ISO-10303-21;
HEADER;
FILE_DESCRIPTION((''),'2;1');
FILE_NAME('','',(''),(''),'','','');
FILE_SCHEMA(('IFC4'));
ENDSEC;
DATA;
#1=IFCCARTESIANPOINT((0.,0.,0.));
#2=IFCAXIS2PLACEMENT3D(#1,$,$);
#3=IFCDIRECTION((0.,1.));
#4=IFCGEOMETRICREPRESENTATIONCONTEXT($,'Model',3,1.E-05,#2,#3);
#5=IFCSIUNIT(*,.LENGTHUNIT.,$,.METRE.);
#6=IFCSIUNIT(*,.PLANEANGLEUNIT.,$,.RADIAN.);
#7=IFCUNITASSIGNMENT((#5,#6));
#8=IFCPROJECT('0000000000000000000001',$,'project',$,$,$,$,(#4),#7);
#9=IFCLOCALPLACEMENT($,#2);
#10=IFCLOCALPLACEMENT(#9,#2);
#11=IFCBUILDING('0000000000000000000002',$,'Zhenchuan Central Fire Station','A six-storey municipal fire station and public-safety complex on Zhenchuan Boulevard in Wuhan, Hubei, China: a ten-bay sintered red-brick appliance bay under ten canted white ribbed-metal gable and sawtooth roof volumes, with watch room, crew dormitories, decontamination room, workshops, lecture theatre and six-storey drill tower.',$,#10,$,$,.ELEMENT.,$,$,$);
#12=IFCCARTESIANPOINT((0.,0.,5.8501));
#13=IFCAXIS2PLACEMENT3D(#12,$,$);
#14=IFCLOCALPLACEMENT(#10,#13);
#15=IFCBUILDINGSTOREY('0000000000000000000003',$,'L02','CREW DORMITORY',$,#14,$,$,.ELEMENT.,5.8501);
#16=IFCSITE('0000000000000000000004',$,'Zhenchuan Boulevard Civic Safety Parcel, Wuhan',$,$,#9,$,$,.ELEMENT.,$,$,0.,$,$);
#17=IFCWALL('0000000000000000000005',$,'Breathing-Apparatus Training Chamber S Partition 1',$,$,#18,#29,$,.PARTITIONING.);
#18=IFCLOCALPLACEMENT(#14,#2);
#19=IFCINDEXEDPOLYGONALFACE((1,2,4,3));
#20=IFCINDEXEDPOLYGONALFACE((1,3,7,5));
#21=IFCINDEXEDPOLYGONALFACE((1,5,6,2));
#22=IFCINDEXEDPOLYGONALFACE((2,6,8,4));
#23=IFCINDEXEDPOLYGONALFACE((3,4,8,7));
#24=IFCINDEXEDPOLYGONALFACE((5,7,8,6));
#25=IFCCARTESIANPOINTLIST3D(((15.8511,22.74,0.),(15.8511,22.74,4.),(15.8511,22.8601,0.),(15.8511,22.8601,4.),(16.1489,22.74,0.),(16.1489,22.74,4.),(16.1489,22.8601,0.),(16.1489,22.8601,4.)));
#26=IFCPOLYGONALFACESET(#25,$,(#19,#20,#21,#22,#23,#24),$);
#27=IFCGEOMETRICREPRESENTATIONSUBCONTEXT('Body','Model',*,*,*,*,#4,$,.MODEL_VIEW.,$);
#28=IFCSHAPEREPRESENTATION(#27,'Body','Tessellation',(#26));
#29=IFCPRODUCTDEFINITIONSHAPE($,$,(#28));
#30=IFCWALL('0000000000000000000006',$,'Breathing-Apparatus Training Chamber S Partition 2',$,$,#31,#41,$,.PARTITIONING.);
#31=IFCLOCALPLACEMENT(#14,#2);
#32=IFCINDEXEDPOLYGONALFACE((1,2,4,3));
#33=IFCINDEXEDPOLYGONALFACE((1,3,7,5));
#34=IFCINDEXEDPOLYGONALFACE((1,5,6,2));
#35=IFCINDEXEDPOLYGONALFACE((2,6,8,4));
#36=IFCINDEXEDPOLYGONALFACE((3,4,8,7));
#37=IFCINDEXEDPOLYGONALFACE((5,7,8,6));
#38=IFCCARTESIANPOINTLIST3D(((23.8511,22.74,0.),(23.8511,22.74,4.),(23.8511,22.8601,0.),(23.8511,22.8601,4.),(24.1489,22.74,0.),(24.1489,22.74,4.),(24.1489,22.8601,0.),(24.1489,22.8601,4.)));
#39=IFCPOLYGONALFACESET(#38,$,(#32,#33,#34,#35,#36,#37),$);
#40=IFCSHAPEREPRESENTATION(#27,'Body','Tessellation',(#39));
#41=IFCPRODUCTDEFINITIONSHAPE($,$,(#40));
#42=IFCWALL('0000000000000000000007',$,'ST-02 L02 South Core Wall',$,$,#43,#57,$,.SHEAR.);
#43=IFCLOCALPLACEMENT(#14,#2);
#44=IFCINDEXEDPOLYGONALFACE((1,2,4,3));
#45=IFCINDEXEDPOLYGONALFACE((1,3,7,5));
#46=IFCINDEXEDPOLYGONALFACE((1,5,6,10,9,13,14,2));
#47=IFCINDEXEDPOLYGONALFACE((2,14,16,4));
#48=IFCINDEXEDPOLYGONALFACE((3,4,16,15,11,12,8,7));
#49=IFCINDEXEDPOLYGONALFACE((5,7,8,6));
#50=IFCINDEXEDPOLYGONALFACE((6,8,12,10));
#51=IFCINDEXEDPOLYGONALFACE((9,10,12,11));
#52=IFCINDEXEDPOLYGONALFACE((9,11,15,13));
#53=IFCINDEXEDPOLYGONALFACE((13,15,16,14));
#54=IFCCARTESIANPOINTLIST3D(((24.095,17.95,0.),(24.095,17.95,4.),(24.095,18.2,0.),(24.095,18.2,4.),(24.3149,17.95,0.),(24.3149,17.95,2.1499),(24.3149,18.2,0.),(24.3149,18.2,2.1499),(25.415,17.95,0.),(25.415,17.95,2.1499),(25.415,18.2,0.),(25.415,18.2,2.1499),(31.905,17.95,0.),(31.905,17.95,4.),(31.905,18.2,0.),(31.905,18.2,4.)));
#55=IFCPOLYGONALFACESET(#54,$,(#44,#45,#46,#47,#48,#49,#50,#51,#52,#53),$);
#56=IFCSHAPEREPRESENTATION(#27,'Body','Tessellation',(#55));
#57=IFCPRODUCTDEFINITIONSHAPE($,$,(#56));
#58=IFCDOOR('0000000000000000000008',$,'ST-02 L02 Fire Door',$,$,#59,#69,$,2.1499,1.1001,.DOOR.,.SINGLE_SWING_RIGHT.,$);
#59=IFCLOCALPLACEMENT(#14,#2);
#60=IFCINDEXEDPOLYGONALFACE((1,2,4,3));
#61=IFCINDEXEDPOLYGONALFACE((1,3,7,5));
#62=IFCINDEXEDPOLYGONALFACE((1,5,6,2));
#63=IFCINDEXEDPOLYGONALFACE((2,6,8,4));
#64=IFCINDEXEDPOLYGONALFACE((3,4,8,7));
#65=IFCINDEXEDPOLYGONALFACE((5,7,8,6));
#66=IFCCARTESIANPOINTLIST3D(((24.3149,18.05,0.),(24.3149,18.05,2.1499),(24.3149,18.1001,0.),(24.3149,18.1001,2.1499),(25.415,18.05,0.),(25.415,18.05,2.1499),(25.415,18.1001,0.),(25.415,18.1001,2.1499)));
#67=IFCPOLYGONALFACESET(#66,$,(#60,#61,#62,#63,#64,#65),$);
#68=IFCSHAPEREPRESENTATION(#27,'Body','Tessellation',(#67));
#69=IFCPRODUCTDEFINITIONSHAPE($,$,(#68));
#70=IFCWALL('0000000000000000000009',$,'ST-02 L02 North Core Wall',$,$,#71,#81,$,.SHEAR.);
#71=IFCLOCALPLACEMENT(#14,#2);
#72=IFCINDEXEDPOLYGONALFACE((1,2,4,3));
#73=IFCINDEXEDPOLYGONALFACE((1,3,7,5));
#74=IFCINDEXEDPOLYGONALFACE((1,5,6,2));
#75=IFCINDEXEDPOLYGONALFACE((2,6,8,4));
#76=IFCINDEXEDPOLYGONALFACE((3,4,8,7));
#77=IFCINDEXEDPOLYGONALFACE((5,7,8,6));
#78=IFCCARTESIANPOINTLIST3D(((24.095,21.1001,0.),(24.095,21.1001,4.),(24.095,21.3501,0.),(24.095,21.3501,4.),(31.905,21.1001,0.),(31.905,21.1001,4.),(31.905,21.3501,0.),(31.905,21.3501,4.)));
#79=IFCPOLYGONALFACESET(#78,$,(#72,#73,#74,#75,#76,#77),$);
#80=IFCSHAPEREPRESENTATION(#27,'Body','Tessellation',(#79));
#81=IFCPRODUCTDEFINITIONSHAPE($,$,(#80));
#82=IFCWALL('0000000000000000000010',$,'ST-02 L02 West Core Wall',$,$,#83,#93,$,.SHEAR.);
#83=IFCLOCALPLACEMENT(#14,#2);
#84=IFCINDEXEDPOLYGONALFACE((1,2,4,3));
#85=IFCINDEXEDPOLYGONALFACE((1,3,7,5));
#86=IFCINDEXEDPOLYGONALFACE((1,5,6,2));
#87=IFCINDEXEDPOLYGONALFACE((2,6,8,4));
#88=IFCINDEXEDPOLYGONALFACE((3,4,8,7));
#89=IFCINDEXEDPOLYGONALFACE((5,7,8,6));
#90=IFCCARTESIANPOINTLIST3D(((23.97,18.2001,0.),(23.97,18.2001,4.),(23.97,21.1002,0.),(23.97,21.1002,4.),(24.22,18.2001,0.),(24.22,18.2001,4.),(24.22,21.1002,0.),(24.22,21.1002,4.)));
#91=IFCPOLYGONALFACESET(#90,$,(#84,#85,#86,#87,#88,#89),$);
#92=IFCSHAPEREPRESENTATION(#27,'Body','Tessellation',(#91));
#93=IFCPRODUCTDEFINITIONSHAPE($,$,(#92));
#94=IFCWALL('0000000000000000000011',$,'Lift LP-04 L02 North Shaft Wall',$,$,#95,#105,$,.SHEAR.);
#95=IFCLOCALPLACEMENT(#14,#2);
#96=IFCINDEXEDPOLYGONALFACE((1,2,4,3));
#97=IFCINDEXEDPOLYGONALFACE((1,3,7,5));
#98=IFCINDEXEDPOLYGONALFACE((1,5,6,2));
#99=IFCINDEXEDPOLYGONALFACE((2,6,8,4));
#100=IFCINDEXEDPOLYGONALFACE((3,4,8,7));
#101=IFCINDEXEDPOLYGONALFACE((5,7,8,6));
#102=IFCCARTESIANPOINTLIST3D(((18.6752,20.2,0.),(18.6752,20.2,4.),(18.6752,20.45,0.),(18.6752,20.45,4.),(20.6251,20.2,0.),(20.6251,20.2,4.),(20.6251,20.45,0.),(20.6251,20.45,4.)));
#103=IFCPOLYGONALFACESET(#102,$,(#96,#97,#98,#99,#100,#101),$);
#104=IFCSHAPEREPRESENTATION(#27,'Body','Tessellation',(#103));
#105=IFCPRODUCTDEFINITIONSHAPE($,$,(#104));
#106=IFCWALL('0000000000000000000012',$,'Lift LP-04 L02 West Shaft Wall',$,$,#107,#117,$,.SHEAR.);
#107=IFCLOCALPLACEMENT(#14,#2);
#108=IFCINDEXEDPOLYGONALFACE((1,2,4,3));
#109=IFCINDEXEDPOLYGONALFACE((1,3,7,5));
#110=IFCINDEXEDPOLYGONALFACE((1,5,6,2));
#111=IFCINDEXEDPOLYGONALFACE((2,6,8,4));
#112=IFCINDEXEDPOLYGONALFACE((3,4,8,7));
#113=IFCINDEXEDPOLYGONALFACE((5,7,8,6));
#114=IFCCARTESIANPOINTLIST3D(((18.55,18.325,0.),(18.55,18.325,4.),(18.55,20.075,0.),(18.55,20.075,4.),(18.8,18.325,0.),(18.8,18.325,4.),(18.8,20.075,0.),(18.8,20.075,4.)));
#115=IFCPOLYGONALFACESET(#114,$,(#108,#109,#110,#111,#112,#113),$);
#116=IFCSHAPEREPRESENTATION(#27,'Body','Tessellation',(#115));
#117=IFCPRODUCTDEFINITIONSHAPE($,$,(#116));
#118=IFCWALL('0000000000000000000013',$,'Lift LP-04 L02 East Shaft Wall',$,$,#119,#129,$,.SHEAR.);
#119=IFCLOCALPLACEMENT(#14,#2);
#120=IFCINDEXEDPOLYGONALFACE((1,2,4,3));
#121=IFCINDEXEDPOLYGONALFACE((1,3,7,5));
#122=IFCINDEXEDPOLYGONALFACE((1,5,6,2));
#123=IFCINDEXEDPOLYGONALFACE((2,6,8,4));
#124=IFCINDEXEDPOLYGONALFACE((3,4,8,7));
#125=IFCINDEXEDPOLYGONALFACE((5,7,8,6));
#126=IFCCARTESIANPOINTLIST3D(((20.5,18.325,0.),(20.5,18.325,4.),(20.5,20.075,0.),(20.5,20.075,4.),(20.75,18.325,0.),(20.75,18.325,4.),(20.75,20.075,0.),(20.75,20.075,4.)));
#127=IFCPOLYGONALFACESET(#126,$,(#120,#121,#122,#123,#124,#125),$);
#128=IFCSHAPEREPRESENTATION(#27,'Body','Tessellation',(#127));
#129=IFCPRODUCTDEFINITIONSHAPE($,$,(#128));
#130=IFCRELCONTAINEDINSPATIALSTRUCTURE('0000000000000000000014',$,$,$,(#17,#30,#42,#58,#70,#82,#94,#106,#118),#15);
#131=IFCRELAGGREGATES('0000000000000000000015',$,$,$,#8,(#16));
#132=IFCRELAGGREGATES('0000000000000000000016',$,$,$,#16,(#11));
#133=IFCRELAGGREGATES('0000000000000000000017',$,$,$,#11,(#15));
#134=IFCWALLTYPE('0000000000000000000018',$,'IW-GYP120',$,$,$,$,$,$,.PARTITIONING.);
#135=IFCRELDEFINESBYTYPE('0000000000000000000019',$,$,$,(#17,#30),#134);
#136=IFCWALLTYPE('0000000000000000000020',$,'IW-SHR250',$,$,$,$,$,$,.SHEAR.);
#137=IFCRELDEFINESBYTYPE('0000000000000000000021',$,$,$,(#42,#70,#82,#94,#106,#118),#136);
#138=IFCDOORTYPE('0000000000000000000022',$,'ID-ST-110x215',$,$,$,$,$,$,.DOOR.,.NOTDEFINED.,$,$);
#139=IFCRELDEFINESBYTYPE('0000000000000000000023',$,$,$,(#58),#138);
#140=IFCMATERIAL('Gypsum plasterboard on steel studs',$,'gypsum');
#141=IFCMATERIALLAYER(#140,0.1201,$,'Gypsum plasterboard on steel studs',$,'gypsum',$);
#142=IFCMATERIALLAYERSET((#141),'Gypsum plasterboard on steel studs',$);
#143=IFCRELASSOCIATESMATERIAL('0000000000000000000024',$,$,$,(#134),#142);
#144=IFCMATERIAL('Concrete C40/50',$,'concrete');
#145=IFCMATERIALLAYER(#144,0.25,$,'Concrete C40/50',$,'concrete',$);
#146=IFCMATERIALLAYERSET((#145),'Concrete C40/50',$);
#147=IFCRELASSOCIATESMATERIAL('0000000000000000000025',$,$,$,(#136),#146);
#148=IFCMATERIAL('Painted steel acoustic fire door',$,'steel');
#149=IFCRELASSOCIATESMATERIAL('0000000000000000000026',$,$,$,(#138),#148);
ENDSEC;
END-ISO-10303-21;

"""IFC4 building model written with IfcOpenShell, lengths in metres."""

from ifc_helpers import new_model, si_unit, direction, frame, frame_2d, origin, place, context, subcontext, project, spatial, rectangle, extrude, material, layer, layer_set, type_object, element, fill, save


model = new_model("IFC4")

# Units and contexts
model_context = context("Model", 3, precision=1e-05, world=origin(), true_north=direction((0.0, 1.0)))
body_context = subcontext(model_context, "Body", "Model", "MODEL_VIEW")
ifc_project = project(units=[si_unit("LENGTHUNIT", "METRE"), si_unit("PLANEANGLEUNIT", "RADIAN")], contexts=[model_context])

# Site, building, storey
site_placement = place(None, origin())
site = spatial("IfcSite", under=ifc_project, at=site_placement, Name="Zhenchuan Boulevard Civic Safety Parcel, Wuhan", CompositionType="ELEMENT", RefElevation=0.0)
building_placement = place(site_placement, origin())
building = spatial("IfcBuilding", under=site, at=building_placement, Name="Zhenchuan Central Fire Station", Description="A six-storey municipal fire station and public-safety complex on Zhenchuan Boulevard in Wuhan, Hubei, China: a ten-bay sintered red-brick appliance bay under ten canted white ribbed-metal gable and sawtooth roof volumes, with watch room, crew dormitories, decontamination room, workshops, lecture theatre and six-storey drill tower.", CompositionType="ELEMENT")
storey_placement = place(building_placement, frame((0.0, 0.0, 5.8501)))
storey = spatial("IfcBuildingStorey", under=building, at=storey_placement, Name="L02", Description="CREW DORMITORY", CompositionType="ELEMENT", Elevation=5.8501)

# Walls
ifc_material_1 = material(Name="Gypsum plasterboard on steel studs", Category="gypsum")
ifc_layer_1 = layer(ifc_material_1, 0.1201, Name="Gypsum plasterboard on steel studs", Category="gypsum")
ifc_layer_set_1 = layer_set([ifc_layer_1], Name="Gypsum plasterboard on steel studs")
wall_type_1 = type_object("IfcWallType", Name="IW-GYP120", PredefinedType="PARTITIONING", material=ifc_layer_set_1)
for number, where, z_axis, x_axis, name in (
    (1, (15.8511, 22.8, 0.0), (0.0, 0.0, 1.0), (1.0, 0.0, 0.0), "Breathing-Apparatus Training Chamber S Partition 1"),
    (2, (23.8511, 22.8, 0.0), (0.0, 0.0, 1.0), (1.0, 0.0, 0.0), "Breathing-Apparatus Training Chamber S Partition 2"),
):
    element("IfcWall", number, at=place(storey_placement, frame(where, z_axis=z_axis, x_axis=x_axis)), inside=storey, type_object=wall_type_1, Name=name, PredefinedType="PARTITIONING", context=body_context, shape_type="SweptSolid", body=[
        extrude(rectangle(XDim=0.2979, YDim=0.1201, at=frame_2d((0.1489, 0.0))), origin(), (0.0, 0.0, 1.0), 4.0),
    ])

# Wall, opening, door
ifc_material_2 = material(Name="Concrete C40/50", Category="concrete")
ifc_layer_2 = layer(ifc_material_2, 0.25, Name="Concrete C40/50", Category="concrete")
ifc_layer_set_2 = layer_set([ifc_layer_2], Name="Concrete C40/50")
wall_type_2 = type_object("IfcWallType", Name="IW-SHR250", PredefinedType="SHEAR", material=ifc_layer_set_2)
wall_1_placement = place(storey_placement, frame((24.095, 18.075, 0.0), z_axis=(0.0, 0.0, 1.0), x_axis=(1.0, 0.0, 0.0)))
wall_1 = element("IfcWall", 3, at=wall_1_placement, inside=storey, type_object=wall_type_2, Name="ST-02 L02 South Core Wall", PredefinedType="SHEAR", context=body_context, shape_type="SweptSolid", body=[
    extrude(rectangle(XDim=7.8101, YDim=0.25, at=frame_2d((3.905, 0.0))), origin(), (0.0, 0.0, 1.0), 4.0),
])
opening_1_placement = place(wall_1_placement, frame((0.22, 0.0, 0.0)))
opening_1 = element("IfcOpeningElement", 4, at=opening_1_placement, cuts=wall_1, PredefinedType="OPENING", context=body_context, shape_type="SweptSolid", body=[
    extrude(rectangle(XDim=1.1001, YDim=2.1499, at=frame_2d((0.55, 1.075))), frame((0.0, 0.135, 0.0), z_axis=(0.0, -1.0, 0.0), x_axis=(1.0, 0.0, 0.0)), (0.0, 0.0, 1.0), 0.27),
])
ifc_material_3 = material(Name="Painted steel acoustic fire door", Category="steel")
door_type_1 = type_object("IfcDoorType", Name="ID-ST-110x215", OperationType="NOTDEFINED", PredefinedType="DOOR", material=ifc_material_3)
door_1_placement = place(opening_1_placement, frame((1.1001, 0.0, 0.0), z_axis=(0.0, 0.0, 1.0), x_axis=(-1.0, 0.0, 0.0)))
door_1 = element("IfcDoor", 5, at=door_1_placement, inside=storey, type_object=door_type_1, Name="ST-02 L02 Fire Door", OperationType="SINGLE_SWING_RIGHT", OverallHeight=2.1499, OverallWidth=1.1001, PredefinedType="DOOR", context=body_context, shape_type="SweptSolid", body=[
    extrude(rectangle(XDim=1.1001, YDim=2.1499, at=frame_2d((0.55, 1.075))), frame((0.0, 0.0249, 0.0), z_axis=(0.0, -1.0, 0.0), x_axis=(1.0, 0.0, 0.0)), (0.0, 0.0, 1.0), 0.05),
])
fill(opening_1, door_1)

# Walls
wall_2_placement = place(storey_placement, frame((24.095, 21.2251, 0.0), z_axis=(0.0, 0.0, 1.0), x_axis=(1.0, 0.0, 0.0)))
element("IfcWall", 6, at=wall_2_placement, inside=storey, type_object=wall_type_2, Name="ST-02 L02 North Core Wall", PredefinedType="SHEAR", context=body_context, shape_type="SweptSolid", body=[
    extrude(rectangle(XDim=7.8101, YDim=0.25, at=frame_2d((3.905, 0.0))), origin(), (0.0, 0.0, 1.0), 4.0),
])
wall_3_placement = place(storey_placement, frame((24.095, 18.2, 0.0), z_axis=(0.0, 0.0, 1.0), x_axis=(0.0, 1.0, 0.0)))
element("IfcWall", 7, at=wall_3_placement, inside=storey, type_object=wall_type_2, Name="ST-02 L02 West Core Wall", PredefinedType="SHEAR", context=body_context, shape_type="SweptSolid", body=[
    extrude(rectangle(XDim=2.9001, YDim=0.25, at=frame_2d((1.4502, 0.0))), origin(), (0.0, 0.0, 1.0), 4.0),
])

# Walls
wall_4_placement = place(storey_placement, frame((18.675, 20.325, 0.0), z_axis=(0.0, 0.0, 1.0), x_axis=(1.0, 0.0, 0.0)))
element("IfcWall", 8, at=wall_4_placement, inside=storey, type_object=wall_type_2, Name="Lift LP-04 L02 North Shaft Wall", PredefinedType="SHEAR", context=body_context, shape_type="SweptSolid", body=[
    extrude(rectangle(XDim=1.95, YDim=0.25, at=frame_2d((0.9751, 0.0))), origin(), (0.0, 0.0, 1.0), 4.0),
])
for number, where, z_axis, x_axis, name in (
    (9, (18.675, 18.325, 0.0), (0.0, 0.0, 1.0), (0.0, 1.0, 0.0), "Lift LP-04 L02 West Shaft Wall"),
    (10, (20.625, 18.325, 0.0), (0.0, 0.0, 1.0), (0.0, 1.0, 0.0), "Lift LP-04 L02 East Shaft Wall"),
):
    element("IfcWall", number, at=place(storey_placement, frame(where, z_axis=z_axis, x_axis=x_axis)), inside=storey, type_object=wall_type_2, Name=name, PredefinedType="SHEAR", context=body_context, shape_type="SweptSolid", body=[
        extrude(rectangle(XDim=1.75, YDim=0.25, at=frame_2d((0.875, 0.0))), origin(), (0.0, 0.0, 1.0), 4.0),
    ])

save(model, "model.ifc")
